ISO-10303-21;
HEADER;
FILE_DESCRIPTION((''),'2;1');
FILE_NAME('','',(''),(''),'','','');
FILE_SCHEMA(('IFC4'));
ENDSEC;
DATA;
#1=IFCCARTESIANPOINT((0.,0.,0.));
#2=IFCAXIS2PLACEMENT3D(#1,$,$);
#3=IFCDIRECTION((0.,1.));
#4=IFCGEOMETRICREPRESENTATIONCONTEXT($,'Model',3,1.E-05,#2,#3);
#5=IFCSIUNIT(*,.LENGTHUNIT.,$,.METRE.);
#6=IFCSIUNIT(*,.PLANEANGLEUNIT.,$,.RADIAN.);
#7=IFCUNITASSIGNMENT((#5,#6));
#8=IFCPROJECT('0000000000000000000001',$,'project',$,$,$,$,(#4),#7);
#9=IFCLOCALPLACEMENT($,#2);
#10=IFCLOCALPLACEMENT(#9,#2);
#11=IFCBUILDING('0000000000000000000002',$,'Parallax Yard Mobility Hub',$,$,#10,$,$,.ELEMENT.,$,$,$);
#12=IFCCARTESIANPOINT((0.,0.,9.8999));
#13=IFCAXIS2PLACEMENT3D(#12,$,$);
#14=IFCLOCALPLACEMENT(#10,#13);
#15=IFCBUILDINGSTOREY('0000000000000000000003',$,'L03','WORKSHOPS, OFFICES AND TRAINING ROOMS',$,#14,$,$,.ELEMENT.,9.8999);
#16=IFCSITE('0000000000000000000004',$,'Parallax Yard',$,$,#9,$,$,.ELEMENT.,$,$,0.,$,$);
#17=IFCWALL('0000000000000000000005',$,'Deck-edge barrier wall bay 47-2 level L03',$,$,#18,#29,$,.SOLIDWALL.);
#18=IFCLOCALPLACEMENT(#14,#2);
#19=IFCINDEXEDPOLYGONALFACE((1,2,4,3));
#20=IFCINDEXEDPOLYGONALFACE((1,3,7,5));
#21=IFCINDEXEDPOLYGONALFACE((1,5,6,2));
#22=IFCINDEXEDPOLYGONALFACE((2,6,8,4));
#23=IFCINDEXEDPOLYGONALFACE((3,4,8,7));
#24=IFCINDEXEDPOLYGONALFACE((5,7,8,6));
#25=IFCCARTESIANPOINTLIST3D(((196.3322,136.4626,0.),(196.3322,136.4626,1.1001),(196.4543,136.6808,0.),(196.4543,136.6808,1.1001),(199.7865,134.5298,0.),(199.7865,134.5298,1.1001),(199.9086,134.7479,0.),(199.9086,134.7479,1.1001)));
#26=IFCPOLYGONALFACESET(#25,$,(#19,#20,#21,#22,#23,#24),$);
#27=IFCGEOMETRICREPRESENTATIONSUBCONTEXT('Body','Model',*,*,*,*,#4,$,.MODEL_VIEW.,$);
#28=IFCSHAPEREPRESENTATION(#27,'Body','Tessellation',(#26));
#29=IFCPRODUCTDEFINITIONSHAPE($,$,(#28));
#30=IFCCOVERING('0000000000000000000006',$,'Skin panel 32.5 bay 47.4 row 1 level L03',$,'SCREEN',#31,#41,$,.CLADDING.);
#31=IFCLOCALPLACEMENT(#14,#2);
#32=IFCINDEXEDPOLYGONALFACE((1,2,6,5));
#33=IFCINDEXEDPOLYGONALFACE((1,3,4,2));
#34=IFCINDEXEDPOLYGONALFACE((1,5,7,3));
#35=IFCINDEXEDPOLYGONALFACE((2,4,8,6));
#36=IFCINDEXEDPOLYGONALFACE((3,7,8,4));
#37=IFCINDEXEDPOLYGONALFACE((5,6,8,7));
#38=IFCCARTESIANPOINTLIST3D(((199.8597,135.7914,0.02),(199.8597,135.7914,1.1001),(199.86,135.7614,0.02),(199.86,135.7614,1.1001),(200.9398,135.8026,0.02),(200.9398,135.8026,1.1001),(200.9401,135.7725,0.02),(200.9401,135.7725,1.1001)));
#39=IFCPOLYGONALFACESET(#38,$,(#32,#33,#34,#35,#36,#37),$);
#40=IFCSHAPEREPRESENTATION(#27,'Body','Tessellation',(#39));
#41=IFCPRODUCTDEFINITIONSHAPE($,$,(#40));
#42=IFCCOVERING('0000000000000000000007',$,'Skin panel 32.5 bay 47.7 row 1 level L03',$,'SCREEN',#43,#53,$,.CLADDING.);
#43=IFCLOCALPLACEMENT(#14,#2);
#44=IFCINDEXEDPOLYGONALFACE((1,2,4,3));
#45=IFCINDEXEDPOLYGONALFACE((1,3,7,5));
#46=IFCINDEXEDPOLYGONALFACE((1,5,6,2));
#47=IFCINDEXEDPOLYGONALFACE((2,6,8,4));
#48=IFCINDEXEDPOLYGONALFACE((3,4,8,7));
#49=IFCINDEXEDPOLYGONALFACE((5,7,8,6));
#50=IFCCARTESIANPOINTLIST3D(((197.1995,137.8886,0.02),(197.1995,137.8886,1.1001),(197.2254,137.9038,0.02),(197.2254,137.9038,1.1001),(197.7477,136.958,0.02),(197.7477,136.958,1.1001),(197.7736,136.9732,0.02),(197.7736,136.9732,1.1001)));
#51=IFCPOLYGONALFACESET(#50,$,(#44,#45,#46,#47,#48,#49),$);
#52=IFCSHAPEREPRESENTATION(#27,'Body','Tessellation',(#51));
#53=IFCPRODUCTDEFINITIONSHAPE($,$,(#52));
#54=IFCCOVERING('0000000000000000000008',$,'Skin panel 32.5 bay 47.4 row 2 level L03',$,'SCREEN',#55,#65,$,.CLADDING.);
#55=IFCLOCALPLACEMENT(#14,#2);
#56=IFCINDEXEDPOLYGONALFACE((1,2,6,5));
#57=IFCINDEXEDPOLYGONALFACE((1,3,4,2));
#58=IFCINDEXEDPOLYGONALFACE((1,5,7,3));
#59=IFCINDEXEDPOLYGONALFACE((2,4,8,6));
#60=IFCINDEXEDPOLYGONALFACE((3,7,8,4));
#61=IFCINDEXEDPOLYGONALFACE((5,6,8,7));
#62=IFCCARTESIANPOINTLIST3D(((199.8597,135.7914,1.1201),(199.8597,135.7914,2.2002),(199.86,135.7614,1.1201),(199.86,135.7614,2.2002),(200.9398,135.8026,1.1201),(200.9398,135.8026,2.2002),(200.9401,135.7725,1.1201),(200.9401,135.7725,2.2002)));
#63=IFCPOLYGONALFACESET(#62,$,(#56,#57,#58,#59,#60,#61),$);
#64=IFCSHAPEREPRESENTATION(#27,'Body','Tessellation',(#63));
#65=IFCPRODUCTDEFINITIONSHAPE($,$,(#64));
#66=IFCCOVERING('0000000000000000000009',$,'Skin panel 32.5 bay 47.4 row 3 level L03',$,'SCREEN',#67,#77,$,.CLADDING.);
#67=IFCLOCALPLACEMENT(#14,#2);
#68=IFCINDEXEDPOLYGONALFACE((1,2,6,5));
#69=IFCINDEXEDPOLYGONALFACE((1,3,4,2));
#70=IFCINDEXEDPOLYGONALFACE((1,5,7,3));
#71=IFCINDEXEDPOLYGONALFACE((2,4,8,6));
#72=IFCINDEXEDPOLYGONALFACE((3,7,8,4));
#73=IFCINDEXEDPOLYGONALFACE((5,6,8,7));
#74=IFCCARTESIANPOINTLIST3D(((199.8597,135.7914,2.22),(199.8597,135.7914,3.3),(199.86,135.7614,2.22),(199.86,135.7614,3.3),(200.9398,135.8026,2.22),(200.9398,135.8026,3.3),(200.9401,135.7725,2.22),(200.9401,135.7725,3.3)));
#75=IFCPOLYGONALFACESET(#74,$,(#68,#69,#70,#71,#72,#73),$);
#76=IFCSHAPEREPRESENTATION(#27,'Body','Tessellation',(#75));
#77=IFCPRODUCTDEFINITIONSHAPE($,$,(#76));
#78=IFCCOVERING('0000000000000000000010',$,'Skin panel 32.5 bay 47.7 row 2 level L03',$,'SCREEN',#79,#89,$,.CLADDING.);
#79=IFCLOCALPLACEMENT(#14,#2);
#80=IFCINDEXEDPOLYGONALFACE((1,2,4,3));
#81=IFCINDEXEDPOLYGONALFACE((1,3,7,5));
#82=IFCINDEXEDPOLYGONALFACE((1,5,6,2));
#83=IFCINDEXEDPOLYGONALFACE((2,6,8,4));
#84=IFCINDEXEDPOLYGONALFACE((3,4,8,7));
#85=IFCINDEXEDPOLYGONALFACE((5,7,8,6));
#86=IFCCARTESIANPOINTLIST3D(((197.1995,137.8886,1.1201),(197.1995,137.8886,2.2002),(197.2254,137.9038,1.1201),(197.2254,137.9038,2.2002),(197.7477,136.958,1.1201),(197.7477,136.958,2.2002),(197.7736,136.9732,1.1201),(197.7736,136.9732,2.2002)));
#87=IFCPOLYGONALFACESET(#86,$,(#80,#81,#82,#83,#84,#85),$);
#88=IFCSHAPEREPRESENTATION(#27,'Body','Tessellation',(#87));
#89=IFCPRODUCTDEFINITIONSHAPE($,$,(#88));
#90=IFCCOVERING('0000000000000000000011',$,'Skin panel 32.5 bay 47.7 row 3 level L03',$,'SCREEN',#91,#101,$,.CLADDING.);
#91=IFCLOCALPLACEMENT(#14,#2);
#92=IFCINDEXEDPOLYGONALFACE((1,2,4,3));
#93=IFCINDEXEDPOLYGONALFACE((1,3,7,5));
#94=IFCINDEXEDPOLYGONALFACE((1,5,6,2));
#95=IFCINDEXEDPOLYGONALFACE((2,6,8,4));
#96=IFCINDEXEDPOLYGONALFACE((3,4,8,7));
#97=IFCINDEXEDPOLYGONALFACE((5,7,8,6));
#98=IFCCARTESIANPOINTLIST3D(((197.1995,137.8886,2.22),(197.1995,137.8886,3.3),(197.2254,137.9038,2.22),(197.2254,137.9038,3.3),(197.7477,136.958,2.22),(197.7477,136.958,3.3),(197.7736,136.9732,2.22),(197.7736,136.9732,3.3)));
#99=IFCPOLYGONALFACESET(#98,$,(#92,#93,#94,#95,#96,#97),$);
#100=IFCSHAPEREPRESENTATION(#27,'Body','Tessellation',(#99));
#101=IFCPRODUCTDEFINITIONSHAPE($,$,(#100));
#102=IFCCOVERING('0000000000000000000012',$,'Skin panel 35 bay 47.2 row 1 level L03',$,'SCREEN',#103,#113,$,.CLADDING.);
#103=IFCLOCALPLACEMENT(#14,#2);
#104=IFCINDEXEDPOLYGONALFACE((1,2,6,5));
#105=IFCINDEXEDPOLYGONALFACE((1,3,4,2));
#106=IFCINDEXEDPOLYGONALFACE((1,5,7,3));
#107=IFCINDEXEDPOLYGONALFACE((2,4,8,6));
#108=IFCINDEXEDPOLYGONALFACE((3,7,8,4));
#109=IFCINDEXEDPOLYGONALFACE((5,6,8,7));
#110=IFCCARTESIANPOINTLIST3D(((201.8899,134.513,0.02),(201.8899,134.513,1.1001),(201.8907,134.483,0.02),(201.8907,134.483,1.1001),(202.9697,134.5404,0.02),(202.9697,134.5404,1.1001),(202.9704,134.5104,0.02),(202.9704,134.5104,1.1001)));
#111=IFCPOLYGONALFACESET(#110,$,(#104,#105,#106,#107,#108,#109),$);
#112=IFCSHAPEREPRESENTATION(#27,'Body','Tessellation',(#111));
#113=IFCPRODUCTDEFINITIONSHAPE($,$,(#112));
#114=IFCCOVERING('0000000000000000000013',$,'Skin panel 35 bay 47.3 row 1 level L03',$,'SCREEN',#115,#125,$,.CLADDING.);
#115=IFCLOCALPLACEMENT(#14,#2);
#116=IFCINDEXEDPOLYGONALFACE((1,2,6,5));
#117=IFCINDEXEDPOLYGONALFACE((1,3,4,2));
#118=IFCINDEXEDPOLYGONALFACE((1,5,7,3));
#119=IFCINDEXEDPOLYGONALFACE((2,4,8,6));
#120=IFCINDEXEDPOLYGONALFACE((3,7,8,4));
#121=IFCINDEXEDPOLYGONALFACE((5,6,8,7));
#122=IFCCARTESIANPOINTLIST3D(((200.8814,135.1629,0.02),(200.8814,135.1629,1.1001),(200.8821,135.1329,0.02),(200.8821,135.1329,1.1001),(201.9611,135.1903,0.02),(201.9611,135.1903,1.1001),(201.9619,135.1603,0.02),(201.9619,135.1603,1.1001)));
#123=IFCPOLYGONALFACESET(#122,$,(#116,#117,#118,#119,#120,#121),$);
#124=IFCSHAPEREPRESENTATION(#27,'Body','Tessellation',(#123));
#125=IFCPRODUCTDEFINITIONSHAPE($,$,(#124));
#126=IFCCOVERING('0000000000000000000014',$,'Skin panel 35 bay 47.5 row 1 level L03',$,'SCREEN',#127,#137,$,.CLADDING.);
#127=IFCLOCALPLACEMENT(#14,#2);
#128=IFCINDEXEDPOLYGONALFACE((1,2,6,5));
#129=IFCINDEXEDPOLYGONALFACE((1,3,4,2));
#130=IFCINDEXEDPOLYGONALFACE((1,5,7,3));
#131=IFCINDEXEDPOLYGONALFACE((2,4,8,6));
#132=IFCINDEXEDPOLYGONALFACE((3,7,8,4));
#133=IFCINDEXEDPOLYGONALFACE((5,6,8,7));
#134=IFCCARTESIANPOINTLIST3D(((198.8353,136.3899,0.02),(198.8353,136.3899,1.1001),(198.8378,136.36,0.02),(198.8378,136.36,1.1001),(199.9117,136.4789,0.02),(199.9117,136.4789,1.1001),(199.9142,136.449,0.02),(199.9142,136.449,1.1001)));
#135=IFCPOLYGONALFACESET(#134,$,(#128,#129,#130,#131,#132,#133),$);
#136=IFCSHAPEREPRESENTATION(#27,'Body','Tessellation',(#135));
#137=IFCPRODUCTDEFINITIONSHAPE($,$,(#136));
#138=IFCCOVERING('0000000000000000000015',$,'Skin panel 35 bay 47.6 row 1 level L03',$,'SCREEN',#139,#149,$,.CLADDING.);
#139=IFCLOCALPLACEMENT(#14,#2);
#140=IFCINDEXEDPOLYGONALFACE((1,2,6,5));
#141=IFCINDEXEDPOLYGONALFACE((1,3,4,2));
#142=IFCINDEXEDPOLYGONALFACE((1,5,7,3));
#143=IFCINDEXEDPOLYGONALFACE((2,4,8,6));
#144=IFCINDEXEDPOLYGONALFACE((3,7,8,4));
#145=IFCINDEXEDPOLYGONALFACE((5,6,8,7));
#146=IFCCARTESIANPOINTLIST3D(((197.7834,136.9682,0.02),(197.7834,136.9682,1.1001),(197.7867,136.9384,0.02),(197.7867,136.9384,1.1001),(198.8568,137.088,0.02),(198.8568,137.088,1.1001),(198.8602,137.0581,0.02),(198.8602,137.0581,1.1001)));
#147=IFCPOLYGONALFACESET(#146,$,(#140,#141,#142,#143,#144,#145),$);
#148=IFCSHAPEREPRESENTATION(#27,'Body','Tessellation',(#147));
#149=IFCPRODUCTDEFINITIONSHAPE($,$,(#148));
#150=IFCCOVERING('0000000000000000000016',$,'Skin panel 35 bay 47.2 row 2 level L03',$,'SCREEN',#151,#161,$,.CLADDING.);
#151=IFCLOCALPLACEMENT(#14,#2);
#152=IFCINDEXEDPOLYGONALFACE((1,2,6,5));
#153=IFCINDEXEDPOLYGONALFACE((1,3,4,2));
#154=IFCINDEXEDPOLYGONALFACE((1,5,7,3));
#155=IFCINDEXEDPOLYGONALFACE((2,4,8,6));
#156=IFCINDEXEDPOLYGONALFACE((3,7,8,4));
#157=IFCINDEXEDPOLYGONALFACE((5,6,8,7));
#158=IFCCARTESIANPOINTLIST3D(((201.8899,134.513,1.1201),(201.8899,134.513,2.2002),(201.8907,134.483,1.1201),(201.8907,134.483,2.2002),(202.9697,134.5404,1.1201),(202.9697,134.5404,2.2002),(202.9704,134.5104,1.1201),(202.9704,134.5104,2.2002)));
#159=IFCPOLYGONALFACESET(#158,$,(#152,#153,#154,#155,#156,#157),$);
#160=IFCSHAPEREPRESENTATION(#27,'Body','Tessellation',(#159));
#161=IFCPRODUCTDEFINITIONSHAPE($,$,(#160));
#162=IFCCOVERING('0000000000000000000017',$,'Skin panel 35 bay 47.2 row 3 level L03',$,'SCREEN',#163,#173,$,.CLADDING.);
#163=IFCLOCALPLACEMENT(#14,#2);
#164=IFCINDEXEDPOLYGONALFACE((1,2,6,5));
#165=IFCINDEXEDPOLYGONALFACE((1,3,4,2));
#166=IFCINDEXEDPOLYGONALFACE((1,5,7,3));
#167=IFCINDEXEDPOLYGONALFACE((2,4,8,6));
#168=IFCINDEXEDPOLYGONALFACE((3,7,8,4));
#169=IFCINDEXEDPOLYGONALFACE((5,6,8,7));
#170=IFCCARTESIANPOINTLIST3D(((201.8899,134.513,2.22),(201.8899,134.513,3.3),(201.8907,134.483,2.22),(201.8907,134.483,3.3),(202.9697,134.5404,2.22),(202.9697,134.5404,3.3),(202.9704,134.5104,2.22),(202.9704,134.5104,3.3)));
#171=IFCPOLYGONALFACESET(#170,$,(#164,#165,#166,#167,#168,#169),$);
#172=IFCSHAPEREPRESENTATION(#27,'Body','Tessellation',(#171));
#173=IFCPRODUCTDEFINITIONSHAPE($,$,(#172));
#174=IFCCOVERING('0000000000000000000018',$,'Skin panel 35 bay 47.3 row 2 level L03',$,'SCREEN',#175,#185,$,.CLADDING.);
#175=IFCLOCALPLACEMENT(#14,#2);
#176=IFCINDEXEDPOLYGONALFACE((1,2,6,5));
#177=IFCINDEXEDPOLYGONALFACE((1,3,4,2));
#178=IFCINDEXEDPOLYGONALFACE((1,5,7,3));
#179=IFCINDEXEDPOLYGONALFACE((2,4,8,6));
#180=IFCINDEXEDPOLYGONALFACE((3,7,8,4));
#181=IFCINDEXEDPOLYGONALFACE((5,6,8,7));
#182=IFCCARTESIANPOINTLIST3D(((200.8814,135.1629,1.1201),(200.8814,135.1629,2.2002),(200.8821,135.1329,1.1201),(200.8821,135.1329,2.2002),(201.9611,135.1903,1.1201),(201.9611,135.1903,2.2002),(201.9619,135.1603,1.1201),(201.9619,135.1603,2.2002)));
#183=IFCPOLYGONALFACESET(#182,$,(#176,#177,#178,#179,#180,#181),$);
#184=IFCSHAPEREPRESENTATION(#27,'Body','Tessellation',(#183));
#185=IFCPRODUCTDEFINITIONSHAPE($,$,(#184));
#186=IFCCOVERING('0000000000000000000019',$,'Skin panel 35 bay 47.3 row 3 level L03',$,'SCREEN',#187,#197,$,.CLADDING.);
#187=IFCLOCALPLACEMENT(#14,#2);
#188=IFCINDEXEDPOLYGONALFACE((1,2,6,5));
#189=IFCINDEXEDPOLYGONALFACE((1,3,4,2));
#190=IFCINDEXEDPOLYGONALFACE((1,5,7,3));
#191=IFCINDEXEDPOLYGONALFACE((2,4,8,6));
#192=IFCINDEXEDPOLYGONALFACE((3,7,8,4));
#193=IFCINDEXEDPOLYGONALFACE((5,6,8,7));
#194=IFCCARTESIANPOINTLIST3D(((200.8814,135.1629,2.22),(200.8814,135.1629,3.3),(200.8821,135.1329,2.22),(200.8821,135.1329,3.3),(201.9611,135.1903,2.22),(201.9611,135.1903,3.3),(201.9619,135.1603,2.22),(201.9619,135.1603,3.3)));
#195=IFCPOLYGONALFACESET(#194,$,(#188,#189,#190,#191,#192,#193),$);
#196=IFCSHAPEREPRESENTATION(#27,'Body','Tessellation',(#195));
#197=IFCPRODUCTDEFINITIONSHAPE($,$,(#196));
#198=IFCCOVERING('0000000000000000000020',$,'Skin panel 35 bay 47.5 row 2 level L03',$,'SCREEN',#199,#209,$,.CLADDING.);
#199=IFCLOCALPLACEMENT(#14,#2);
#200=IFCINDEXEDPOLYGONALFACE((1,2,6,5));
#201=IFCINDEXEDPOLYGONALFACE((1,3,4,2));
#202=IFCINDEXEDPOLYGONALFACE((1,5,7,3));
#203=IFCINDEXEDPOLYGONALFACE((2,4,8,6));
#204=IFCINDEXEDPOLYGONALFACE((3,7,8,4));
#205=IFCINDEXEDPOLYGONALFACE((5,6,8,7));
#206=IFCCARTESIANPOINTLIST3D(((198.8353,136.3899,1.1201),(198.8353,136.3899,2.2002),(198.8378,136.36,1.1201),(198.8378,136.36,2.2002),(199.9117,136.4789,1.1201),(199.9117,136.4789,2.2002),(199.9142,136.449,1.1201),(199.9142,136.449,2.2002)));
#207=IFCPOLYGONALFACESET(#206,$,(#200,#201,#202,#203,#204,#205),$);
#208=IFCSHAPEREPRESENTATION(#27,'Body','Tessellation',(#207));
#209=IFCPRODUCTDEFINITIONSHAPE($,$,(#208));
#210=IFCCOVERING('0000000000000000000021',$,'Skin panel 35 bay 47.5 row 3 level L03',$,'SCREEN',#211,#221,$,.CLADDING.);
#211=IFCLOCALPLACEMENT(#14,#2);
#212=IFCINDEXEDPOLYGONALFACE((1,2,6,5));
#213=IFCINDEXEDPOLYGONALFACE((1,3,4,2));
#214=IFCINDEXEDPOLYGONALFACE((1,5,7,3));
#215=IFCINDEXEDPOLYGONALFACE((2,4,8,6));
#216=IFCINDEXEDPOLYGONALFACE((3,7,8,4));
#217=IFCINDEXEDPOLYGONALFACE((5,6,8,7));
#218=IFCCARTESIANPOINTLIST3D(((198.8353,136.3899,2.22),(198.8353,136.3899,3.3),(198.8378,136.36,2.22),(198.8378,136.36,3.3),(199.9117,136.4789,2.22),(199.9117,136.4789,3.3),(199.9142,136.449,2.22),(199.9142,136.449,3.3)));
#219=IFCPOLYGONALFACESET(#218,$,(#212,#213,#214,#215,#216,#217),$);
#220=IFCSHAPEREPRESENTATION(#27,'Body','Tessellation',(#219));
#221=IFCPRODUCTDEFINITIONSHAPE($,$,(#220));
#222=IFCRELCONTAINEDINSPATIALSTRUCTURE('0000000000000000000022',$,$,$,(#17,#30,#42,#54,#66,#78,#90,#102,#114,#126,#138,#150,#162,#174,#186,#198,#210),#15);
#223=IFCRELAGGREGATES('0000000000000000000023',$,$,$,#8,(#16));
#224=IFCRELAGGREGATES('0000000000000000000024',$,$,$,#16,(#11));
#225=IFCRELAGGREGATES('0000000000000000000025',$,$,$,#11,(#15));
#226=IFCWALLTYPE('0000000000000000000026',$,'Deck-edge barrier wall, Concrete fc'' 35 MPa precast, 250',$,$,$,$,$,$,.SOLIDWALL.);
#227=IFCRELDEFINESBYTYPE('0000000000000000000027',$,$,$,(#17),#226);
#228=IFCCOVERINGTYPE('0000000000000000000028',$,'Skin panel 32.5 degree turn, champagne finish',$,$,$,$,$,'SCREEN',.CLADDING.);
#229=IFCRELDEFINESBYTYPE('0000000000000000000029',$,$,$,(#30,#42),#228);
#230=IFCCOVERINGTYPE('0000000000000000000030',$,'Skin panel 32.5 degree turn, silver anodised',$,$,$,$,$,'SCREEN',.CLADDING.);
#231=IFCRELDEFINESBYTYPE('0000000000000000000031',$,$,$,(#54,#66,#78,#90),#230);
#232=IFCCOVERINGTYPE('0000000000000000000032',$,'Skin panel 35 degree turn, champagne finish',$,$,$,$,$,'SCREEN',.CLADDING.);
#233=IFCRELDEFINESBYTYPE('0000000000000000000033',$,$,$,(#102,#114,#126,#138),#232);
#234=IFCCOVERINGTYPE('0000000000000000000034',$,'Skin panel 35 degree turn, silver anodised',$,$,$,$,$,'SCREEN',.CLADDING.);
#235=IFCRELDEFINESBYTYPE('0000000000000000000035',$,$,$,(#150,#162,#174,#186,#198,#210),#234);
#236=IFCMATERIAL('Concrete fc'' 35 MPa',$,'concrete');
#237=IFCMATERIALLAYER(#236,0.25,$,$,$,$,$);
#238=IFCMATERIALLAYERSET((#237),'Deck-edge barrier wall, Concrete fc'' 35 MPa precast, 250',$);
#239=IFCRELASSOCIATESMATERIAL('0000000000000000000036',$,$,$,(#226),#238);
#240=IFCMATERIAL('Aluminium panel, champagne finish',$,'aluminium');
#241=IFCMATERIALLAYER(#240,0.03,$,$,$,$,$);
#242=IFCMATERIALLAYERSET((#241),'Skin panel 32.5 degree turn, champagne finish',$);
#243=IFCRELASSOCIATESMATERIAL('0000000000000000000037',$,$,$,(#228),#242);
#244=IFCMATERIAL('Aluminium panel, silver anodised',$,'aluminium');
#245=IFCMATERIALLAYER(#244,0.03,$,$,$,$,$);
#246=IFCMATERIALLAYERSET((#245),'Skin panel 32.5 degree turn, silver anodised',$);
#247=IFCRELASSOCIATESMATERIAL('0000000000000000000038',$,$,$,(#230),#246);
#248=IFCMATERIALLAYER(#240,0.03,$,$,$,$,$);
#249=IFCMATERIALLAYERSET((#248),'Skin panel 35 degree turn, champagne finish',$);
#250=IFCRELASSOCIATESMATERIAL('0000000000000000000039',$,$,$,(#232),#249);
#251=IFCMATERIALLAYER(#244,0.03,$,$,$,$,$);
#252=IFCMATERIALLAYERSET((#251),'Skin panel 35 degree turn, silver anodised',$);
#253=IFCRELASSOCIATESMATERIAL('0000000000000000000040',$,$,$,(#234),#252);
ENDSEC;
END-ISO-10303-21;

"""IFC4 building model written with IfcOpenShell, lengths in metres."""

from ifc_helpers import new_model, si_unit, direction, frame, frame_2d, origin, origin_2d, place, context, subcontext, project, spatial, rectangle, extrude, material, layer, layer_set, type_object, element, save


model = new_model("IFC4")

# Units and contexts
model_context = context("Model", 3, precision=1e-05, world=origin(), true_north=direction((0.0, 1.0)))
body_context = subcontext(model_context, "Body", "Model", "MODEL_VIEW")
ifc_project = project(units=[si_unit("LENGTHUNIT", "METRE"), si_unit("PLANEANGLEUNIT", "RADIAN")], contexts=[model_context])

# Site, building, storey
site_placement = place(None, origin())
site = spatial("IfcSite", under=ifc_project, at=site_placement, Name="Parallax Yard", CompositionType="ELEMENT", RefElevation=0.0)
building_placement = place(site_placement, origin())
building = spatial("IfcBuilding", under=site, at=building_placement, Name="Parallax Yard Mobility Hub", CompositionType="ELEMENT")
storey_placement = place(building_placement, frame((0.0, 0.0, 9.8999)))
storey = spatial("IfcBuildingStorey", under=building, at=storey_placement, Name="L03", Description="WORKSHOPS, OFFICES AND TRAINING ROOMS", CompositionType="ELEMENT", Elevation=9.8999)

# Wall
ifc_material_1 = material(Name="Concrete fc' 35 MPa", Category="concrete")
ifc_layer_1 = layer(ifc_material_1, 0.25)
ifc_layer_set_1 = layer_set([ifc_layer_1], Name="Deck-edge barrier wall, Concrete fc' 35 MPa precast, 250")
wall_type = type_object("IfcWallType", Name="Deck-edge barrier wall, Concrete fc' 35 MPa precast, 250", PredefinedType="SOLIDWALL", material=ifc_layer_set_1)
wall_placement = place(storey_placement, frame((199.8474, 134.6389, 0.0), z_axis=(0.0, 0.0, 1.0), x_axis=(-0.872675, 0.488301, 0.0)))
element("IfcWall", 1, at=wall_placement, inside=storey, type_object=wall_type, Name="Deck-edge barrier wall bay 47-2 level L03", PredefinedType="SOLIDWALL", context=body_context, shape_type="SweptSolid", body=[
    extrude(rectangle(XDim=3.9583, YDim=0.25, at=frame_2d((1.979, 0.0))), origin(), (0.0, 0.0, 1.0), 1.1001),
])

# Coverings
ifc_material_2 = material(Name="Aluminium panel, champagne finish", Category="aluminium")
ifc_layer_2 = layer(ifc_material_2, 0.03)
ifc_layer_set_2 = layer_set([ifc_layer_2], Name="Skin panel 32.5 degree turn, champagne finish")
covering_type_1 = type_object("IfcCoveringType", Name="Skin panel 32.5 degree turn, champagne finish", ElementType="SCREEN", PredefinedType="CLADDING", material=ifc_layer_set_2)
for number, where, z_axis, x_axis, name in (
    (2, (200.3999, 135.782, 0.02), (0.0, 0.0, 1.0), (0.999947, 0.010313, 0.0), "Skin panel 32.5 bay 47.4 row 1 level L03"),
    (3, (197.4866, 137.4309, 0.02), (0.0, 0.0, 1.0), (-0.507538, 0.861629, 0.0), "Skin panel 32.5 bay 47.7 row 1 level L03"),
):
    element("IfcCovering", number, at=place(storey_placement, frame(where, z_axis=z_axis, x_axis=x_axis)), inside=storey, type_object=covering_type_1, Name=name, ObjectType="SCREEN", PredefinedType="CLADDING", context=body_context, shape_type="SweptSolid", body=[
        extrude(rectangle(XDim=1.0801, YDim=0.03, at=origin_2d()), origin(), (0.0, 0.0, 1.0), 1.0801),
    ])
ifc_material_3 = material(Name="Aluminium panel, silver anodised", Category="aluminium")
ifc_layer_3 = layer(ifc_material_3, 0.03)
ifc_layer_set_3 = layer_set([ifc_layer_3], Name="Skin panel 32.5 degree turn, silver anodised")
covering_type_2 = type_object("IfcCoveringType", Name="Skin panel 32.5 degree turn, silver anodised", ElementType="SCREEN", PredefinedType="CLADDING", material=ifc_layer_set_3)
for number, where, z_axis, x_axis, name in (
    (4, (200.3999, 135.782, 1.1201), (0.0, 0.0, 1.0), (0.999947, 0.010313, 0.0), "Skin panel 32.5 bay 47.4 row 2 level L03"),
    (5, (200.3999, 135.782, 2.22), (0.0, 0.0, 1.0), (0.999947, 0.010313, 0.0), "Skin panel 32.5 bay 47.4 row 3 level L03"),
    (6, (197.4866, 137.4309, 1.1201), (0.0, 0.0, 1.0), (-0.507538, 0.861629, 0.0), "Skin panel 32.5 bay 47.7 row 2 level L03"),
    (7, (197.4866, 137.4309, 2.22), (0.0, 0.0, 1.0), (-0.507538, 0.861629, 0.0), "Skin panel 32.5 bay 47.7 row 3 level L03"),
):
    element("IfcCovering", number, at=place(storey_placement, frame(where, z_axis=z_axis, x_axis=x_axis)), inside=storey, type_object=covering_type_2, Name=name, ObjectType="SCREEN", PredefinedType="CLADDING", context=body_context, shape_type="SweptSolid", body=[
        extrude(rectangle(XDim=1.0801, YDim=0.03, at=origin_2d()), origin(), (0.0, 0.0, 1.0), 1.0801),
    ])
ifc_layer_4 = layer(ifc_material_2, 0.03)
ifc_layer_set_4 = layer_set([ifc_layer_4], Name="Skin panel 35 degree turn, champagne finish")
covering_type_3 = type_object("IfcCoveringType", Name="Skin panel 35 degree turn, champagne finish", ElementType="SCREEN", PredefinedType="CLADDING", material=ifc_layer_set_4)
for number, where, z_axis, x_axis, name in (
    (8, (202.4302, 134.5117, 0.02), (0.0, 0.0, 1.0), (0.999678, 0.025383, 0.0), "Skin panel 35 bay 47.2 row 1 level L03"),
    (9, (201.4216, 135.1616, 0.02), (0.0, 0.0, 1.0), (0.999678, 0.025383, 0.0), "Skin panel 35 bay 47.3 row 1 level L03"),
    (10, (199.3748, 136.4194, 0.02), (0.0, 0.0, 1.0), (0.996598, 0.082413, 0.0), "Skin panel 35 bay 47.5 row 1 level L03"),
    (11, (198.3218, 137.0132, 0.02), (0.0, 0.0, 1.0), (0.993839, 0.110838, 0.0), "Skin panel 35 bay 47.6 row 1 level L03"),
):
    element("IfcCovering", number, at=place(storey_placement, frame(where, z_axis=z_axis, x_axis=x_axis)), inside=storey, type_object=covering_type_3, Name=name, ObjectType="SCREEN", PredefinedType="CLADDING", context=body_context, shape_type="SweptSolid", body=[
        extrude(rectangle(XDim=1.0801, YDim=0.03, at=origin_2d()), origin(), (0.0, 0.0, 1.0), 1.0801),
    ])
ifc_layer_5 = layer(ifc_material_3, 0.03)
ifc_layer_set_5 = layer_set([ifc_layer_5], Name="Skin panel 35 degree turn, silver anodised")
covering_type_4 = type_object("IfcCoveringType", Name="Skin panel 35 degree turn, silver anodised", ElementType="SCREEN", PredefinedType="CLADDING", material=ifc_layer_set_5)
for number, where, z_axis, x_axis, name in (
    (12, (202.4302, 134.5117, 1.1201), (0.0, 0.0, 1.0), (0.999678, 0.025383, 0.0), "Skin panel 35 bay 47.2 row 2 level L03"),
    (13, (202.4302, 134.5117, 2.22), (0.0, 0.0, 1.0), (0.999678, 0.025383, 0.0), "Skin panel 35 bay 47.2 row 3 level L03"),
    (14, (201.4216, 135.1616, 1.1201), (0.0, 0.0, 1.0), (0.999678, 0.025383, 0.0), "Skin panel 35 bay 47.3 row 2 level L03"),
    (15, (201.4216, 135.1616, 2.22), (0.0, 0.0, 1.0), (0.999678, 0.025383, 0.0), "Skin panel 35 bay 47.3 row 3 level L03"),
    (16, (199.3748, 136.4194, 1.1201), (0.0, 0.0, 1.0), (0.996598, 0.082413, 0.0), "Skin panel 35 bay 47.5 row 2 level L03"),
    (17, (199.3748, 136.4194, 2.22), (0.0, 0.0, 1.0), (0.996598, 0.082413, 0.0), "Skin panel 35 bay 47.5 row 3 level L03"),
):
    element("IfcCovering", number, at=place(storey_placement, frame(where, z_axis=z_axis, x_axis=x_axis)), inside=storey, type_object=covering_type_4, Name=name, ObjectType="SCREEN", PredefinedType="CLADDING", context=body_context, shape_type="SweptSolid", body=[
        extrude(rectangle(XDim=1.0801, YDim=0.03, at=origin_2d()), origin(), (0.0, 0.0, 1.0), 1.0801),
    ])

save(model, "model.ifc")
